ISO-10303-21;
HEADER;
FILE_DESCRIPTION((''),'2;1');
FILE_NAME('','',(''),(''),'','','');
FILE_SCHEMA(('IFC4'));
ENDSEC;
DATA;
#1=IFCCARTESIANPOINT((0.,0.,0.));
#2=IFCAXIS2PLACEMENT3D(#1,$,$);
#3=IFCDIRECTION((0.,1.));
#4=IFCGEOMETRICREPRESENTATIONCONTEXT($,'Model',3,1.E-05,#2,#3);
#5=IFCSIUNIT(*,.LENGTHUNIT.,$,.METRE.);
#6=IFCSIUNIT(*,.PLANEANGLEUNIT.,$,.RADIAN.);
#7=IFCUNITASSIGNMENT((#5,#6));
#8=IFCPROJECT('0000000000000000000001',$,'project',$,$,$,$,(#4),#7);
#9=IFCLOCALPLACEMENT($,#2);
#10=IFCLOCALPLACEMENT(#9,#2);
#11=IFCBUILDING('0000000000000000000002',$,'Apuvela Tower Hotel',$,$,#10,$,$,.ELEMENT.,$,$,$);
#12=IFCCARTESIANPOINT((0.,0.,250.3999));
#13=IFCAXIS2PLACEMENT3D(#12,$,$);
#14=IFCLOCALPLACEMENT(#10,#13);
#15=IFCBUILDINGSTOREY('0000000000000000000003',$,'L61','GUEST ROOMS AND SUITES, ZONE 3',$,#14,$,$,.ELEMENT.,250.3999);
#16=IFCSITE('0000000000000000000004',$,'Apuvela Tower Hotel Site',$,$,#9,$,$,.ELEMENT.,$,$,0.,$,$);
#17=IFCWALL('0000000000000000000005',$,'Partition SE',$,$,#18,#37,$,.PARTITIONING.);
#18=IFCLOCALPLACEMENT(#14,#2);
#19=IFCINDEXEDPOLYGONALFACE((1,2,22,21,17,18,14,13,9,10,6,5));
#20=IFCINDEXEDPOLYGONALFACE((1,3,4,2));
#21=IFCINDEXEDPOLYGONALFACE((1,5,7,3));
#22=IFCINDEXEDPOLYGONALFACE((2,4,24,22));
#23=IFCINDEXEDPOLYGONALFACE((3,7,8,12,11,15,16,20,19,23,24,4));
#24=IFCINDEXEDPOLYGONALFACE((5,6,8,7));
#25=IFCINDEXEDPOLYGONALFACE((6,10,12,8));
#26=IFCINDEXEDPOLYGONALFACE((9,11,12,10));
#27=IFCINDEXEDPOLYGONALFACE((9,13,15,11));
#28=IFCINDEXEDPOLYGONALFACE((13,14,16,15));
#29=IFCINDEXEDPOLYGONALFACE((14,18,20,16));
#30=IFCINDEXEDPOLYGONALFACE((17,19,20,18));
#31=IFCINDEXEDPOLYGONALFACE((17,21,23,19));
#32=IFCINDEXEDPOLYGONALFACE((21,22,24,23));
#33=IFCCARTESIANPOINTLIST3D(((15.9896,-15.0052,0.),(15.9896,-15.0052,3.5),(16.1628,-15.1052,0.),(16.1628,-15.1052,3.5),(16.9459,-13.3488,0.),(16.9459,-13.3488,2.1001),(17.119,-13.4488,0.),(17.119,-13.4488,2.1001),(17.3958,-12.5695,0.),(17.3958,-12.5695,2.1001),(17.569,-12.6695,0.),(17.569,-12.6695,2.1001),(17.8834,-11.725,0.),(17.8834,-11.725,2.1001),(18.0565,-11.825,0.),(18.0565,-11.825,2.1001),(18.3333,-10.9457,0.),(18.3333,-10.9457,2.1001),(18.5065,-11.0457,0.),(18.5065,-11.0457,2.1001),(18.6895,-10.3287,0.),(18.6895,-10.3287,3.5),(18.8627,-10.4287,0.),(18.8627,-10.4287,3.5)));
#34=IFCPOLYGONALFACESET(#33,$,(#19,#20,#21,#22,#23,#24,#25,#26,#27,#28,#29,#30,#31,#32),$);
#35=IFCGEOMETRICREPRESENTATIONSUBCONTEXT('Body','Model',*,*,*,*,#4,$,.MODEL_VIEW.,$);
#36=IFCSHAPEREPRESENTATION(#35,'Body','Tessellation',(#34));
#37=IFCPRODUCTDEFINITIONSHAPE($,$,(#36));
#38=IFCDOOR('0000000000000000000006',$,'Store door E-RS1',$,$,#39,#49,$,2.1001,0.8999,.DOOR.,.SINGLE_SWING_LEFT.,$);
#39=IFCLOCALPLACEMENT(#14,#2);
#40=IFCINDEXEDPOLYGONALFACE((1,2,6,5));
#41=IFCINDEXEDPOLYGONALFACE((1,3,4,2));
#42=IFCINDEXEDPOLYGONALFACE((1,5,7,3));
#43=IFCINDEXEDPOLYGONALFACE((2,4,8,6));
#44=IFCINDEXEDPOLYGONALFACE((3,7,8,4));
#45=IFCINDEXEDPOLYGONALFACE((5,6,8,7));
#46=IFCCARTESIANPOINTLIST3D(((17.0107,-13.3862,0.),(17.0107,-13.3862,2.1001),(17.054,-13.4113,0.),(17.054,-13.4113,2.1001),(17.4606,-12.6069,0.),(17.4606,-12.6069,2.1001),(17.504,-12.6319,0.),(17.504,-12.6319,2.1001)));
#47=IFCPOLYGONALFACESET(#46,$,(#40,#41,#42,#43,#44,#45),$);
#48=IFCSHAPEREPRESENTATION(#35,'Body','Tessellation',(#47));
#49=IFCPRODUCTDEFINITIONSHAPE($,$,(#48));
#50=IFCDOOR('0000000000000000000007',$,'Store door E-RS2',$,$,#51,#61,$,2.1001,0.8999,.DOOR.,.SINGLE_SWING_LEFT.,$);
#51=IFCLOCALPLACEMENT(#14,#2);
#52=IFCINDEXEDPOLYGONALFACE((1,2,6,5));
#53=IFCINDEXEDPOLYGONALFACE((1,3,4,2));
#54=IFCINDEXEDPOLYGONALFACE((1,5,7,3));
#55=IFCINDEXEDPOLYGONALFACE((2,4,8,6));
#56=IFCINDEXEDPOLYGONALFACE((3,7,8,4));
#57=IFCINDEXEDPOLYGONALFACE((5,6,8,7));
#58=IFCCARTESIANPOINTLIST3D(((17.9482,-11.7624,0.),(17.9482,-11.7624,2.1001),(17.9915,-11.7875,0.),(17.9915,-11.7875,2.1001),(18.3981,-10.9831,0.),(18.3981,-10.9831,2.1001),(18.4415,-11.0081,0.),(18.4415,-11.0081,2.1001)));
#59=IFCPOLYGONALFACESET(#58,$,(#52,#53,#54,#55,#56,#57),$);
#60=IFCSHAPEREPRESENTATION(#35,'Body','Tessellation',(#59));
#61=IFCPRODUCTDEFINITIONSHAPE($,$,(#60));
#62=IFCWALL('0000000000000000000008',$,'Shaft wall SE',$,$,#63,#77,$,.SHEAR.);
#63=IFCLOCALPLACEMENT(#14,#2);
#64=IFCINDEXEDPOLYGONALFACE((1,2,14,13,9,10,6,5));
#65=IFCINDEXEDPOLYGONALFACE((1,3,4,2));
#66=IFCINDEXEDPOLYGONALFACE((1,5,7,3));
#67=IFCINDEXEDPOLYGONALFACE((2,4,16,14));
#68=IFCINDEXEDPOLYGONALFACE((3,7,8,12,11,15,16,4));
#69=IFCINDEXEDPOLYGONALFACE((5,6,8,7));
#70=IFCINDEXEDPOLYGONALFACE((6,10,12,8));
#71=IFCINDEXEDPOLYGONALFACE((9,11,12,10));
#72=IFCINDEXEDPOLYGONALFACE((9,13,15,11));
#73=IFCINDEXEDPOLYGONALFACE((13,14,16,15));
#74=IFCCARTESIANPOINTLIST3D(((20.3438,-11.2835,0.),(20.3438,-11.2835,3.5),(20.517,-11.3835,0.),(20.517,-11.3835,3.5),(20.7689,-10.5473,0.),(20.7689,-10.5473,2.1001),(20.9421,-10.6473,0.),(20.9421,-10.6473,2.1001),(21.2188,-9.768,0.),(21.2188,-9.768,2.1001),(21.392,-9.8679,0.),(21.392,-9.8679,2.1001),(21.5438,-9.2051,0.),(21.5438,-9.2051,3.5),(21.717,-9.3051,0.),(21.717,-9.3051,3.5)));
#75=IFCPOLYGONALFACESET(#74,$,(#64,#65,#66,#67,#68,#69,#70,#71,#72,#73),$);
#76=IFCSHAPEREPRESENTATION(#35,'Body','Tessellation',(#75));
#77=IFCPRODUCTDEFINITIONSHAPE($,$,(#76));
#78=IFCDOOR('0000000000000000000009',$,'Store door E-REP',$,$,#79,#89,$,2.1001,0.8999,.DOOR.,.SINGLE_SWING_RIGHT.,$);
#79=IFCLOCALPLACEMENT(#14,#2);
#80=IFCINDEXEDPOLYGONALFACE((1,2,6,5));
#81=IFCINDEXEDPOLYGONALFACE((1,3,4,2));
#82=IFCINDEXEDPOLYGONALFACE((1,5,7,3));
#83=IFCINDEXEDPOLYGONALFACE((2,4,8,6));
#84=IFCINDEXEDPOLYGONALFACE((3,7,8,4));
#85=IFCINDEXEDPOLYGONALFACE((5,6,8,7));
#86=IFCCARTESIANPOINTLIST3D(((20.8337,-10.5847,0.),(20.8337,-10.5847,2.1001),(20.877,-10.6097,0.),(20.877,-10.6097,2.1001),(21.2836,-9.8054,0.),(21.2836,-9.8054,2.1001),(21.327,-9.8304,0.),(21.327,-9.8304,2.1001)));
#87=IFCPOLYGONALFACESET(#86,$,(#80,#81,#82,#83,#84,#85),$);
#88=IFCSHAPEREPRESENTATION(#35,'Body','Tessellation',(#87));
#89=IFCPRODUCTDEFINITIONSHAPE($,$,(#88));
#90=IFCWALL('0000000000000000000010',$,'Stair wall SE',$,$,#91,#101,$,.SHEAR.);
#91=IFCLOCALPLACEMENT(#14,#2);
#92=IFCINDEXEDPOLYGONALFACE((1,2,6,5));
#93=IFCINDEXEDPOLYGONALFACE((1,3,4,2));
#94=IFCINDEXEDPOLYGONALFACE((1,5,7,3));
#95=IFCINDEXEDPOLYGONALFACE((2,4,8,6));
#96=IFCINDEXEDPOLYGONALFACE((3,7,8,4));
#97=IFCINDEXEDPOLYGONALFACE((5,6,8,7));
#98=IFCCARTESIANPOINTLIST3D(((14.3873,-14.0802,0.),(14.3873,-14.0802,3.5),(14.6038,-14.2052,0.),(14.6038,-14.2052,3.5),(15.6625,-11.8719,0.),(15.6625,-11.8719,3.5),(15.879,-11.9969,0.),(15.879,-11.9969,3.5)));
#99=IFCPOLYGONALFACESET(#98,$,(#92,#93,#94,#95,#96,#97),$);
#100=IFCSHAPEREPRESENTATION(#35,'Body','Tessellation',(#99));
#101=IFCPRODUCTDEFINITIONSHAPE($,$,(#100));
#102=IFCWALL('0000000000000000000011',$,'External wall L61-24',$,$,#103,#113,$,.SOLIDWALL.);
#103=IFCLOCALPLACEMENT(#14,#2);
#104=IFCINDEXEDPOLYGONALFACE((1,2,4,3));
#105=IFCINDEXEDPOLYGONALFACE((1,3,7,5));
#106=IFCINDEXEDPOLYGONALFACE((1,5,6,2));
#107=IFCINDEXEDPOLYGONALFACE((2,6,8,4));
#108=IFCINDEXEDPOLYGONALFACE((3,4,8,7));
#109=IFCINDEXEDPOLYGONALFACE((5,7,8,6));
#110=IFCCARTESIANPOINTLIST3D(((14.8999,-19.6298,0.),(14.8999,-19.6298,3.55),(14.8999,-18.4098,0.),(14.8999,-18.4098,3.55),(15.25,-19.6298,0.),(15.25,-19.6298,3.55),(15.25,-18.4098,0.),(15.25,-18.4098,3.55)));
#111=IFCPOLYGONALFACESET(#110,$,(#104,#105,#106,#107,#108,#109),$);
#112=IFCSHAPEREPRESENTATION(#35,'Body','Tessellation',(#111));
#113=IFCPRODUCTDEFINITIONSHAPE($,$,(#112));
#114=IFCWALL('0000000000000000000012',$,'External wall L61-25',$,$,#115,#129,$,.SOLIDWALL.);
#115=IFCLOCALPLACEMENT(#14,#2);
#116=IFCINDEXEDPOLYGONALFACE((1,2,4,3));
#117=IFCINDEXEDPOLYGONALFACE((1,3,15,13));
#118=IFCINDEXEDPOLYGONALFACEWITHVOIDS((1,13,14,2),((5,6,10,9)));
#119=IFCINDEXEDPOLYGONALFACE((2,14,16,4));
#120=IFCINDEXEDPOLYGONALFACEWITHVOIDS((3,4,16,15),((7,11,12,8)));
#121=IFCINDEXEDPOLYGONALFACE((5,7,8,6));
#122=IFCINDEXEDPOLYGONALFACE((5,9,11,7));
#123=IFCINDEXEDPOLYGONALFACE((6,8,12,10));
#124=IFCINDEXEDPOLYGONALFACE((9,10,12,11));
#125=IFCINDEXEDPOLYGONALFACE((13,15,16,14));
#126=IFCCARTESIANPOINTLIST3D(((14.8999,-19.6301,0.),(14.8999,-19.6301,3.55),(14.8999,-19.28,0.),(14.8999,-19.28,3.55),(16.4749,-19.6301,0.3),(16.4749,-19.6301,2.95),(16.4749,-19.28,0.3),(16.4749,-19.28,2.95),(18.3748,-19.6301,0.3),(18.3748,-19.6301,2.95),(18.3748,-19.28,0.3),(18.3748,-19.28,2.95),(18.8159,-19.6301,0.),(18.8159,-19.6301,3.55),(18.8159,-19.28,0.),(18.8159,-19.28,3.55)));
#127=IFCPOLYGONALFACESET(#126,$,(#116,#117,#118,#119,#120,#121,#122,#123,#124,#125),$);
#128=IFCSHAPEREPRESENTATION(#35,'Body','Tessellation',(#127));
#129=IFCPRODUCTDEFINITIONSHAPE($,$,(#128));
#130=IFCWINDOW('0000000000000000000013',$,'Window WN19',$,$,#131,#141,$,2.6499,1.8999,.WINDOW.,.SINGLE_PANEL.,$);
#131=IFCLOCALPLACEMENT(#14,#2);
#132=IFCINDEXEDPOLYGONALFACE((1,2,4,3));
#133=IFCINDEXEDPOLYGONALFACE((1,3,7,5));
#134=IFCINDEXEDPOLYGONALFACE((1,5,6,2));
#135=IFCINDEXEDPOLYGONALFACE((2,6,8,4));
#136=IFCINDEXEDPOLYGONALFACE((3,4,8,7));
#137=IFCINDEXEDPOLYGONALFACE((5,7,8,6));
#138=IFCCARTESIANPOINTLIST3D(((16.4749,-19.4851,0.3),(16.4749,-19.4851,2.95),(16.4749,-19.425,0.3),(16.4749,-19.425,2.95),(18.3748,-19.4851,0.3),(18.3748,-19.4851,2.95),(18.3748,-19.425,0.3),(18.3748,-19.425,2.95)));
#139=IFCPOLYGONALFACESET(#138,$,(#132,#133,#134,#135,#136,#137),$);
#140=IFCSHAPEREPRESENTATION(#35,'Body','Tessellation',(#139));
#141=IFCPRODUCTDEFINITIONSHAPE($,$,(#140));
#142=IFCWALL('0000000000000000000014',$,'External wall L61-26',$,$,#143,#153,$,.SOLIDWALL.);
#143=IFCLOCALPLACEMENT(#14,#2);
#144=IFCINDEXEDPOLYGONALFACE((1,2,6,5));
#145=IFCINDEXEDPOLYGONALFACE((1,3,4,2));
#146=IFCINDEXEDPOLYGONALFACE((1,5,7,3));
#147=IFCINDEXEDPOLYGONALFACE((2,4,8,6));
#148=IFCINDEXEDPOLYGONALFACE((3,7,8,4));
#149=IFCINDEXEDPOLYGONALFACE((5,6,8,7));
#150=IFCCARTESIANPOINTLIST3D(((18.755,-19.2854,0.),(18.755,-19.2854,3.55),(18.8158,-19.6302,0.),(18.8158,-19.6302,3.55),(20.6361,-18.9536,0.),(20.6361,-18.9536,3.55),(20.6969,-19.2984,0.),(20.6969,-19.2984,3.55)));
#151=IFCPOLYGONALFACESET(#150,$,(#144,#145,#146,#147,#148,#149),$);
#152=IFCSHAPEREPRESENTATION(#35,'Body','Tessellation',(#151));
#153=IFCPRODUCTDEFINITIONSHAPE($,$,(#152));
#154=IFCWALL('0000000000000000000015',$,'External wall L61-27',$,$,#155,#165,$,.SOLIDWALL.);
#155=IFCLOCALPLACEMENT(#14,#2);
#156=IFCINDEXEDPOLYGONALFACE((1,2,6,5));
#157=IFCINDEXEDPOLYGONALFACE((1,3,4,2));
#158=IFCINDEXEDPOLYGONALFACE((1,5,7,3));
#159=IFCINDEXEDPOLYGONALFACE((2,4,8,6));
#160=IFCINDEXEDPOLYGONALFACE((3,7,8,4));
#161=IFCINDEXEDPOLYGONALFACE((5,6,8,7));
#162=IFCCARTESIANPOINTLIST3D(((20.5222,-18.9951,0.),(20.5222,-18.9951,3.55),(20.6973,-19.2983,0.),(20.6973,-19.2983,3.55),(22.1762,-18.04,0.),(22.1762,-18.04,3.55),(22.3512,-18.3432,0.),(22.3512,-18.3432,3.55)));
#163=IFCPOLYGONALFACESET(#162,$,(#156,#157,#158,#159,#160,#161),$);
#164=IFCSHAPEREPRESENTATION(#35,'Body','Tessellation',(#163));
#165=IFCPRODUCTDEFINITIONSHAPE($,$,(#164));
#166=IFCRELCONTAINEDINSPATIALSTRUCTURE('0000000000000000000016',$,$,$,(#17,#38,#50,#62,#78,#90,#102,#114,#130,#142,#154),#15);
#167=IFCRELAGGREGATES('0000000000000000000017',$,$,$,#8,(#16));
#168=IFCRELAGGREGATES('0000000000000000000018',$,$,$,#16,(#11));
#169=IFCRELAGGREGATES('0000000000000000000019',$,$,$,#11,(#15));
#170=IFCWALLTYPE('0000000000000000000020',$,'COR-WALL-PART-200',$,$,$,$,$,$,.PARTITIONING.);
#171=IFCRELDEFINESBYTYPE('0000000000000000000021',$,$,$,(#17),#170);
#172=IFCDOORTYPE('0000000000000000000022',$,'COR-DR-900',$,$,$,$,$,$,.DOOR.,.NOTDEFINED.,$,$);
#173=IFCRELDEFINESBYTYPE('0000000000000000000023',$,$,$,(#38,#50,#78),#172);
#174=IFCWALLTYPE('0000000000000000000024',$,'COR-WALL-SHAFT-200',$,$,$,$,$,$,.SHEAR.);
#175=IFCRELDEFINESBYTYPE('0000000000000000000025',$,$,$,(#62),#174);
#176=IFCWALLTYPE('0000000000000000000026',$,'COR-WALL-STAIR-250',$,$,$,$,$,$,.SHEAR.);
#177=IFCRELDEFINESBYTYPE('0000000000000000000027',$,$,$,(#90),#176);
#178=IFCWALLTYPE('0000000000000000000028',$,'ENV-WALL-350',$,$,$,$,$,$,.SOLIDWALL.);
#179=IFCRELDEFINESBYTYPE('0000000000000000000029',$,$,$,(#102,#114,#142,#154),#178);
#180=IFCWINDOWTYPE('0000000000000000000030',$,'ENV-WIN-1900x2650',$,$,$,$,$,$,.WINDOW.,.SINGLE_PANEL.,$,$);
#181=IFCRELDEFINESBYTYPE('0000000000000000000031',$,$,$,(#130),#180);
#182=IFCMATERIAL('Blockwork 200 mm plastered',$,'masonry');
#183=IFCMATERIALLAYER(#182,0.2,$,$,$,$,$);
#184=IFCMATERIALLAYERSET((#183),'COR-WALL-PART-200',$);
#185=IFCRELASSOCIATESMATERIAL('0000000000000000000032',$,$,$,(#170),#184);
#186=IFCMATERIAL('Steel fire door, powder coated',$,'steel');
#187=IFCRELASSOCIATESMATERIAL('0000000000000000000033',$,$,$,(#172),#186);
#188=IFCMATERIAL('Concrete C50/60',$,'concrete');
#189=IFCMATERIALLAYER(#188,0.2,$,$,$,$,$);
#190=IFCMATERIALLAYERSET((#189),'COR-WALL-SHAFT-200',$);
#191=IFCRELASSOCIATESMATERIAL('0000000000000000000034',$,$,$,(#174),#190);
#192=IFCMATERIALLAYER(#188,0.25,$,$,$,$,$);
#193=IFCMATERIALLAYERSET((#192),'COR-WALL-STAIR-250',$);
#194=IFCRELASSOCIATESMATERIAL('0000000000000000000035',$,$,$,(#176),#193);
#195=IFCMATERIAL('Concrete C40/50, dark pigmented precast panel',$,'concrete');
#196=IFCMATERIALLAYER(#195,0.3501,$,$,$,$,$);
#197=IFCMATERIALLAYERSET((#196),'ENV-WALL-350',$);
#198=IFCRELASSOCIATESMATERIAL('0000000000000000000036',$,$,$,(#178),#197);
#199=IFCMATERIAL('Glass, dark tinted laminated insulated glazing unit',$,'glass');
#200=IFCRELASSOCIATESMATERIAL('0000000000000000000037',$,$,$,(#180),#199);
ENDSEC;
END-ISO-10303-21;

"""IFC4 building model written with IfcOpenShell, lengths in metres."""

from ifc_helpers import new_model, si_unit, direction, frame, frame_2d, origin, place, context, subcontext, project, spatial, rectangle, extrude, material, layer, layer_set, type_object, element, fill, save


model = new_model("IFC4")

# Units and contexts
model_context = context("Model", 3, precision=1e-05, world=origin(), true_north=direction((0.0, 1.0)))
body_context = subcontext(model_context, "Body", "Model", "MODEL_VIEW")
ifc_project = project(units=[si_unit("LENGTHUNIT", "METRE"), si_unit("PLANEANGLEUNIT", "RADIAN")], contexts=[model_context])

# Site, building, storey
site_placement = place(None, origin())
site = spatial("IfcSite", under=ifc_project, at=site_placement, Name="Apuvela Tower Hotel Site", CompositionType="ELEMENT", RefElevation=0.0)
building_placement = place(site_placement, origin())
building = spatial("IfcBuilding", under=site, at=building_placement, Name="Apuvela Tower Hotel", CompositionType="ELEMENT")
storey_placement = place(building_placement, frame((0.0, 0.0, 250.3999)))
storey = spatial("IfcBuildingStorey", under=building, at=storey_placement, Name="L61", Description="GUEST ROOMS AND SUITES, ZONE 3", CompositionType="ELEMENT", Elevation=250.3999)

# Wall, openings, doors
ifc_material_1 = material(Name="Blockwork 200 mm plastered", Category="masonry")
ifc_layer_1 = layer(ifc_material_1, 0.2)
ifc_layer_set_1 = layer_set([ifc_layer_1], Name="COR-WALL-PART-200")
wall_type_1 = type_object("IfcWallType", Name="COR-WALL-PART-200", PredefinedType="PARTITIONING", material=ifc_layer_set_1)
wall_1_placement = place(storey_placement, frame((16.0762, -15.0552, 0.0), z_axis=(0.0, 0.0, 1.0), x_axis=(0.499995, 0.866028, 0.0)))
wall_1 = element("IfcWall", 1, at=wall_1_placement, inside=storey, type_object=wall_type_1, Name="Partition SE", PredefinedType="PARTITIONING", context=body_context, shape_type="SweptSolid", body=[
    extrude(rectangle(XDim=5.3999, YDim=0.2, at=frame_2d((2.7, 0.0))), origin(), (0.0, 0.0, 1.0), 3.5),
])
opening_1_placement = place(wall_1_placement, frame((1.9126, 0.0, 0.0)))
opening_1 = element("IfcOpeningElement", 2, at=opening_1_placement, cuts=wall_1, PredefinedType="OPENING", context=body_context, shape_type="SweptSolid", body=[
    extrude(rectangle(XDim=0.8999, YDim=2.1001, at=frame_2d((0.45, 1.05))), frame((0.0, 0.1099, 0.0), z_axis=(0.0, -1.0, 0.0), x_axis=(1.0, 0.0, 0.0)), (0.0, 0.0, 1.0), 0.22),
])
opening_2_placement = place(wall_1_placement, frame((3.7876, 0.0, 0.0)))
opening_2 = element("IfcOpeningElement", 3, at=opening_2_placement, cuts=wall_1, PredefinedType="OPENING", context=body_context, shape_type="SweptSolid", body=[
    extrude(rectangle(XDim=0.8999, YDim=2.1001, at=frame_2d((0.45, 1.05))), frame((0.0, 0.1099, 0.0), z_axis=(0.0, -1.0, 0.0), x_axis=(1.0, 0.0, 0.0)), (0.0, 0.0, 1.0), 0.22),
])
ifc_material_2 = material(Name="Steel fire door, powder coated", Category="steel")
door_type_1 = type_object("IfcDoorType", Name="COR-DR-900", OperationType="NOTDEFINED", PredefinedType="DOOR", material=ifc_material_2)
door_1_placement = place(opening_1_placement, frame((0.8999, 0.0, 0.0), z_axis=(0.0, 0.0, 1.0), x_axis=(-1.0, 0.0, 0.0)))
door_1 = element("IfcDoor", 4, at=door_1_placement, inside=storey, type_object=door_type_1, Name="Store door E-RS1", OperationType="SINGLE_SWING_LEFT", OverallHeight=2.1001, OverallWidth=0.8999, PredefinedType="DOOR", context=body_context, shape_type="SweptSolid", body=[
    extrude(rectangle(XDim=0.8999, YDim=2.1001, at=frame_2d((0.45, 1.05))), frame((0.0, 0.0249, 0.0), z_axis=(0.0, -1.0, 0.0), x_axis=(1.0, 0.0, 0.0)), (0.0, 0.0, 1.0), 0.05),
])
fill(opening_1, door_1)
door_2_placement = place(opening_2_placement, frame((0.8999, 0.0, 0.0), z_axis=(0.0, 0.0, 1.0), x_axis=(-1.0, 0.0, 0.0)))
door_2 = element("IfcDoor", 5, at=door_2_placement, inside=storey, type_object=door_type_1, Name="Store door E-RS2", OperationType="SINGLE_SWING_LEFT", OverallHeight=2.1001, OverallWidth=0.8999, PredefinedType="DOOR", context=body_context, shape_type="SweptSolid", body=[
    extrude(rectangle(XDim=0.8999, YDim=2.1001, at=frame_2d((0.45, 1.05))), frame((0.0, 0.0249, 0.0), z_axis=(0.0, -1.0, 0.0), x_axis=(1.0, 0.0, 0.0)), (0.0, 0.0, 1.0), 0.05),
])
fill(opening_2, door_2)

# Wall, opening, door
ifc_material_3 = material(Name="Concrete C50/60", Category="concrete")
ifc_layer_2 = layer(ifc_material_3, 0.2)
ifc_layer_set_2 = layer_set([ifc_layer_2], Name="COR-WALL-SHAFT-200")
wall_type_2 = type_object("IfcWallType", Name="COR-WALL-SHAFT-200", PredefinedType="SHEAR", material=ifc_layer_set_2)
wall_2_placement = place(storey_placement, frame((20.4304, -11.3335, 0.0), z_axis=(0.0, 0.0, 1.0), x_axis=(0.500001, 0.866025, 0.0)))
wall_2 = element("IfcWall", 6, at=wall_2_placement, inside=storey, type_object=wall_type_2, Name="Shaft wall SE", PredefinedType="SHEAR", context=body_context, shape_type="SweptSolid", body=[
    extrude(rectangle(XDim=2.3999, YDim=0.2, at=frame_2d((1.2, 0.0))), origin(), (0.0, 0.0, 1.0), 3.5),
])
opening_3_placement = place(wall_2_placement, frame((0.8501, 0.0, 0.0)))
opening_3 = element("IfcOpeningElement", 7, at=opening_3_placement, cuts=wall_2, PredefinedType="OPENING", context=body_context, shape_type="SweptSolid", body=[
    extrude(rectangle(XDim=0.8999, YDim=2.1001, at=frame_2d((0.45, 1.05))), frame((0.0, 0.1099, 0.0), z_axis=(0.0, -1.0, 0.0), x_axis=(1.0, 0.0, 0.0)), (0.0, 0.0, 1.0), 0.22),
])
door_3_placement = place(opening_3_placement, frame((0.8999, 0.0, 0.0), z_axis=(0.0, 0.0, 1.0), x_axis=(-1.0, 0.0, 0.0)))
door_3 = element("IfcDoor", 8, at=door_3_placement, inside=storey, type_object=door_type_1, Name="Store door E-REP", OperationType="SINGLE_SWING_RIGHT", OverallHeight=2.1001, OverallWidth=0.8999, PredefinedType="DOOR", context=body_context, shape_type="SweptSolid", body=[
    extrude(rectangle(XDim=0.8999, YDim=2.1001, at=frame_2d((0.45, 1.05))), frame((0.0, 0.0249, 0.0), z_axis=(0.0, -1.0, 0.0), x_axis=(1.0, 0.0, 0.0)), (0.0, 0.0, 1.0), 0.05),
])
fill(opening_3, door_3)

# Walls
ifc_layer_3 = layer(ifc_material_3, 0.25)
ifc_layer_set_3 = layer_set([ifc_layer_3], Name="COR-WALL-STAIR-250")
wall_type_3 = type_object("IfcWallType", Name="COR-WALL-STAIR-250", PredefinedType="SHEAR", material=ifc_layer_set_3)
wall_3_placement = place(storey_placement, frame((14.4956, -14.1426, 0.0), z_axis=(0.0, 0.0, 1.0), x_axis=(0.500062, 0.865989, 0.0)))
element("IfcWall", 9, at=wall_3_placement, inside=storey, type_object=wall_type_3, Name="Stair wall SE", PredefinedType="SHEAR", context=body_context, shape_type="SweptSolid", body=[
    extrude(rectangle(XDim=2.55, YDim=0.25, at=frame_2d((1.2749, 0.0))), origin(), (0.0, 0.0, 1.0), 3.5),
])
ifc_material_4 = material(Name="Concrete C40/50, dark pigmented precast panel", Category="concrete")
ifc_layer_4 = layer(ifc_material_4, 0.3501)
ifc_layer_set_4 = layer_set([ifc_layer_4], Name="ENV-WALL-350")
wall_type_4 = type_object("IfcWallType", Name="ENV-WALL-350", PredefinedType="SOLIDWALL", material=ifc_layer_set_4)
wall_4_placement = place(storey_placement, frame((15.075, -18.4099, 0.0), z_axis=(0.0, 0.0, 1.0), x_axis=(0.0, -1.0, 0.0)))
element("IfcWall", 10, at=wall_4_placement, inside=storey, type_object=wall_type_4, Name="External wall L61-24", PredefinedType="SOLIDWALL", context=body_context, shape_type="SweptSolid", body=[
    extrude(rectangle(XDim=1.22, YDim=0.3501, at=frame_2d((0.6099, 0.0))), origin(), (0.0, 0.0, 1.0), 3.55),
])

# Wall, opening, window
wall_5_placement = place(storey_placement, frame((14.8999, -19.4551, 0.0), z_axis=(0.0, 0.0, 1.0), x_axis=(1.0, 0.0, 0.0)))
wall_5 = element("IfcWall", 11, at=wall_5_placement, inside=storey, type_object=wall_type_4, Name="External wall L61-25", PredefinedType="SOLIDWALL", context=body_context, shape_type="SweptSolid", body=[
    extrude(rectangle(XDim=3.916, YDim=0.3501, at=frame_2d((1.958, 0.0))), origin(), (0.0, 0.0, 1.0), 3.55),
])
opening_4_placement = place(wall_5_placement, frame((1.575, 0.0, 0.3)))
opening_4 = element("IfcOpeningElement", 12, at=opening_4_placement, cuts=wall_5, PredefinedType="OPENING", context=body_context, shape_type="SweptSolid", body=[
    extrude(rectangle(XDim=1.8999, YDim=2.6499, at=frame_2d((0.95, 1.325))), frame((0.0, 0.1851, 0.0), z_axis=(0.0, -1.0, 0.0), x_axis=(1.0, 0.0, 0.0)), (0.0, 0.0, 1.0), 0.3701),
])
ifc_material_5 = material(Name="Glass, dark tinted laminated insulated glazing unit", Category="glass")
window_type = type_object("IfcWindowType", Name="ENV-WIN-1900x2650", PartitioningType="SINGLE_PANEL", PredefinedType="WINDOW", material=ifc_material_5)
window_placement = place(opening_4_placement, origin())
window = element("IfcWindow", 13, at=window_placement, inside=storey, type_object=window_type, Name="Window WN19", OverallHeight=2.6499, OverallWidth=1.8999, PartitioningType="SINGLE_PANEL", PredefinedType="WINDOW", context=body_context, shape_type="SweptSolid", body=[
    extrude(rectangle(XDim=1.8999, YDim=2.6499, at=frame_2d((0.95, 1.325))), frame((0.0, 0.03, 0.0), z_axis=(0.0, -1.0, 0.0), x_axis=(1.0, 0.0, 0.0)), (0.0, 0.0, 1.0), 0.0601),
])
fill(opening_4, window)

# Walls
wall_6_placement = place(storey_placement, frame((18.7854, -19.4578, 0.0), z_axis=(0.0, 0.0, 1.0), x_axis=(0.984799, 0.173698, 0.0)))
element("IfcWall", 14, at=wall_6_placement, inside=storey, type_object=wall_type_4, Name="External wall L61-26", PredefinedType="SOLIDWALL", context=body_context, shape_type="SweptSolid", body=[
    extrude(rectangle(XDim=1.9102, YDim=0.3501, at=frame_2d((0.9551, 0.0))), origin(), (0.0, 0.0, 1.0), 3.55),
])
for number, where, z_axis, x_axis, name in (
    (15, (20.6096, -19.1467, 0.0), (0.0, 0.0, 1.0), (0.866, 0.500043, 0.0), "External wall L61-27"),
):
    element("IfcWall", number, at=place(storey_placement, frame(where, z_axis=z_axis, x_axis=x_axis)), inside=storey, type_object=wall_type_4, Name=name, PredefinedType="SOLIDWALL", context=body_context, shape_type="SweptSolid", body=[
        extrude(rectangle(XDim=1.9099, YDim=0.3501, at=frame_2d((0.9551, 0.0))), origin(), (0.0, 0.0, 1.0), 3.55),
    ])

save(model, "model.ifc")
